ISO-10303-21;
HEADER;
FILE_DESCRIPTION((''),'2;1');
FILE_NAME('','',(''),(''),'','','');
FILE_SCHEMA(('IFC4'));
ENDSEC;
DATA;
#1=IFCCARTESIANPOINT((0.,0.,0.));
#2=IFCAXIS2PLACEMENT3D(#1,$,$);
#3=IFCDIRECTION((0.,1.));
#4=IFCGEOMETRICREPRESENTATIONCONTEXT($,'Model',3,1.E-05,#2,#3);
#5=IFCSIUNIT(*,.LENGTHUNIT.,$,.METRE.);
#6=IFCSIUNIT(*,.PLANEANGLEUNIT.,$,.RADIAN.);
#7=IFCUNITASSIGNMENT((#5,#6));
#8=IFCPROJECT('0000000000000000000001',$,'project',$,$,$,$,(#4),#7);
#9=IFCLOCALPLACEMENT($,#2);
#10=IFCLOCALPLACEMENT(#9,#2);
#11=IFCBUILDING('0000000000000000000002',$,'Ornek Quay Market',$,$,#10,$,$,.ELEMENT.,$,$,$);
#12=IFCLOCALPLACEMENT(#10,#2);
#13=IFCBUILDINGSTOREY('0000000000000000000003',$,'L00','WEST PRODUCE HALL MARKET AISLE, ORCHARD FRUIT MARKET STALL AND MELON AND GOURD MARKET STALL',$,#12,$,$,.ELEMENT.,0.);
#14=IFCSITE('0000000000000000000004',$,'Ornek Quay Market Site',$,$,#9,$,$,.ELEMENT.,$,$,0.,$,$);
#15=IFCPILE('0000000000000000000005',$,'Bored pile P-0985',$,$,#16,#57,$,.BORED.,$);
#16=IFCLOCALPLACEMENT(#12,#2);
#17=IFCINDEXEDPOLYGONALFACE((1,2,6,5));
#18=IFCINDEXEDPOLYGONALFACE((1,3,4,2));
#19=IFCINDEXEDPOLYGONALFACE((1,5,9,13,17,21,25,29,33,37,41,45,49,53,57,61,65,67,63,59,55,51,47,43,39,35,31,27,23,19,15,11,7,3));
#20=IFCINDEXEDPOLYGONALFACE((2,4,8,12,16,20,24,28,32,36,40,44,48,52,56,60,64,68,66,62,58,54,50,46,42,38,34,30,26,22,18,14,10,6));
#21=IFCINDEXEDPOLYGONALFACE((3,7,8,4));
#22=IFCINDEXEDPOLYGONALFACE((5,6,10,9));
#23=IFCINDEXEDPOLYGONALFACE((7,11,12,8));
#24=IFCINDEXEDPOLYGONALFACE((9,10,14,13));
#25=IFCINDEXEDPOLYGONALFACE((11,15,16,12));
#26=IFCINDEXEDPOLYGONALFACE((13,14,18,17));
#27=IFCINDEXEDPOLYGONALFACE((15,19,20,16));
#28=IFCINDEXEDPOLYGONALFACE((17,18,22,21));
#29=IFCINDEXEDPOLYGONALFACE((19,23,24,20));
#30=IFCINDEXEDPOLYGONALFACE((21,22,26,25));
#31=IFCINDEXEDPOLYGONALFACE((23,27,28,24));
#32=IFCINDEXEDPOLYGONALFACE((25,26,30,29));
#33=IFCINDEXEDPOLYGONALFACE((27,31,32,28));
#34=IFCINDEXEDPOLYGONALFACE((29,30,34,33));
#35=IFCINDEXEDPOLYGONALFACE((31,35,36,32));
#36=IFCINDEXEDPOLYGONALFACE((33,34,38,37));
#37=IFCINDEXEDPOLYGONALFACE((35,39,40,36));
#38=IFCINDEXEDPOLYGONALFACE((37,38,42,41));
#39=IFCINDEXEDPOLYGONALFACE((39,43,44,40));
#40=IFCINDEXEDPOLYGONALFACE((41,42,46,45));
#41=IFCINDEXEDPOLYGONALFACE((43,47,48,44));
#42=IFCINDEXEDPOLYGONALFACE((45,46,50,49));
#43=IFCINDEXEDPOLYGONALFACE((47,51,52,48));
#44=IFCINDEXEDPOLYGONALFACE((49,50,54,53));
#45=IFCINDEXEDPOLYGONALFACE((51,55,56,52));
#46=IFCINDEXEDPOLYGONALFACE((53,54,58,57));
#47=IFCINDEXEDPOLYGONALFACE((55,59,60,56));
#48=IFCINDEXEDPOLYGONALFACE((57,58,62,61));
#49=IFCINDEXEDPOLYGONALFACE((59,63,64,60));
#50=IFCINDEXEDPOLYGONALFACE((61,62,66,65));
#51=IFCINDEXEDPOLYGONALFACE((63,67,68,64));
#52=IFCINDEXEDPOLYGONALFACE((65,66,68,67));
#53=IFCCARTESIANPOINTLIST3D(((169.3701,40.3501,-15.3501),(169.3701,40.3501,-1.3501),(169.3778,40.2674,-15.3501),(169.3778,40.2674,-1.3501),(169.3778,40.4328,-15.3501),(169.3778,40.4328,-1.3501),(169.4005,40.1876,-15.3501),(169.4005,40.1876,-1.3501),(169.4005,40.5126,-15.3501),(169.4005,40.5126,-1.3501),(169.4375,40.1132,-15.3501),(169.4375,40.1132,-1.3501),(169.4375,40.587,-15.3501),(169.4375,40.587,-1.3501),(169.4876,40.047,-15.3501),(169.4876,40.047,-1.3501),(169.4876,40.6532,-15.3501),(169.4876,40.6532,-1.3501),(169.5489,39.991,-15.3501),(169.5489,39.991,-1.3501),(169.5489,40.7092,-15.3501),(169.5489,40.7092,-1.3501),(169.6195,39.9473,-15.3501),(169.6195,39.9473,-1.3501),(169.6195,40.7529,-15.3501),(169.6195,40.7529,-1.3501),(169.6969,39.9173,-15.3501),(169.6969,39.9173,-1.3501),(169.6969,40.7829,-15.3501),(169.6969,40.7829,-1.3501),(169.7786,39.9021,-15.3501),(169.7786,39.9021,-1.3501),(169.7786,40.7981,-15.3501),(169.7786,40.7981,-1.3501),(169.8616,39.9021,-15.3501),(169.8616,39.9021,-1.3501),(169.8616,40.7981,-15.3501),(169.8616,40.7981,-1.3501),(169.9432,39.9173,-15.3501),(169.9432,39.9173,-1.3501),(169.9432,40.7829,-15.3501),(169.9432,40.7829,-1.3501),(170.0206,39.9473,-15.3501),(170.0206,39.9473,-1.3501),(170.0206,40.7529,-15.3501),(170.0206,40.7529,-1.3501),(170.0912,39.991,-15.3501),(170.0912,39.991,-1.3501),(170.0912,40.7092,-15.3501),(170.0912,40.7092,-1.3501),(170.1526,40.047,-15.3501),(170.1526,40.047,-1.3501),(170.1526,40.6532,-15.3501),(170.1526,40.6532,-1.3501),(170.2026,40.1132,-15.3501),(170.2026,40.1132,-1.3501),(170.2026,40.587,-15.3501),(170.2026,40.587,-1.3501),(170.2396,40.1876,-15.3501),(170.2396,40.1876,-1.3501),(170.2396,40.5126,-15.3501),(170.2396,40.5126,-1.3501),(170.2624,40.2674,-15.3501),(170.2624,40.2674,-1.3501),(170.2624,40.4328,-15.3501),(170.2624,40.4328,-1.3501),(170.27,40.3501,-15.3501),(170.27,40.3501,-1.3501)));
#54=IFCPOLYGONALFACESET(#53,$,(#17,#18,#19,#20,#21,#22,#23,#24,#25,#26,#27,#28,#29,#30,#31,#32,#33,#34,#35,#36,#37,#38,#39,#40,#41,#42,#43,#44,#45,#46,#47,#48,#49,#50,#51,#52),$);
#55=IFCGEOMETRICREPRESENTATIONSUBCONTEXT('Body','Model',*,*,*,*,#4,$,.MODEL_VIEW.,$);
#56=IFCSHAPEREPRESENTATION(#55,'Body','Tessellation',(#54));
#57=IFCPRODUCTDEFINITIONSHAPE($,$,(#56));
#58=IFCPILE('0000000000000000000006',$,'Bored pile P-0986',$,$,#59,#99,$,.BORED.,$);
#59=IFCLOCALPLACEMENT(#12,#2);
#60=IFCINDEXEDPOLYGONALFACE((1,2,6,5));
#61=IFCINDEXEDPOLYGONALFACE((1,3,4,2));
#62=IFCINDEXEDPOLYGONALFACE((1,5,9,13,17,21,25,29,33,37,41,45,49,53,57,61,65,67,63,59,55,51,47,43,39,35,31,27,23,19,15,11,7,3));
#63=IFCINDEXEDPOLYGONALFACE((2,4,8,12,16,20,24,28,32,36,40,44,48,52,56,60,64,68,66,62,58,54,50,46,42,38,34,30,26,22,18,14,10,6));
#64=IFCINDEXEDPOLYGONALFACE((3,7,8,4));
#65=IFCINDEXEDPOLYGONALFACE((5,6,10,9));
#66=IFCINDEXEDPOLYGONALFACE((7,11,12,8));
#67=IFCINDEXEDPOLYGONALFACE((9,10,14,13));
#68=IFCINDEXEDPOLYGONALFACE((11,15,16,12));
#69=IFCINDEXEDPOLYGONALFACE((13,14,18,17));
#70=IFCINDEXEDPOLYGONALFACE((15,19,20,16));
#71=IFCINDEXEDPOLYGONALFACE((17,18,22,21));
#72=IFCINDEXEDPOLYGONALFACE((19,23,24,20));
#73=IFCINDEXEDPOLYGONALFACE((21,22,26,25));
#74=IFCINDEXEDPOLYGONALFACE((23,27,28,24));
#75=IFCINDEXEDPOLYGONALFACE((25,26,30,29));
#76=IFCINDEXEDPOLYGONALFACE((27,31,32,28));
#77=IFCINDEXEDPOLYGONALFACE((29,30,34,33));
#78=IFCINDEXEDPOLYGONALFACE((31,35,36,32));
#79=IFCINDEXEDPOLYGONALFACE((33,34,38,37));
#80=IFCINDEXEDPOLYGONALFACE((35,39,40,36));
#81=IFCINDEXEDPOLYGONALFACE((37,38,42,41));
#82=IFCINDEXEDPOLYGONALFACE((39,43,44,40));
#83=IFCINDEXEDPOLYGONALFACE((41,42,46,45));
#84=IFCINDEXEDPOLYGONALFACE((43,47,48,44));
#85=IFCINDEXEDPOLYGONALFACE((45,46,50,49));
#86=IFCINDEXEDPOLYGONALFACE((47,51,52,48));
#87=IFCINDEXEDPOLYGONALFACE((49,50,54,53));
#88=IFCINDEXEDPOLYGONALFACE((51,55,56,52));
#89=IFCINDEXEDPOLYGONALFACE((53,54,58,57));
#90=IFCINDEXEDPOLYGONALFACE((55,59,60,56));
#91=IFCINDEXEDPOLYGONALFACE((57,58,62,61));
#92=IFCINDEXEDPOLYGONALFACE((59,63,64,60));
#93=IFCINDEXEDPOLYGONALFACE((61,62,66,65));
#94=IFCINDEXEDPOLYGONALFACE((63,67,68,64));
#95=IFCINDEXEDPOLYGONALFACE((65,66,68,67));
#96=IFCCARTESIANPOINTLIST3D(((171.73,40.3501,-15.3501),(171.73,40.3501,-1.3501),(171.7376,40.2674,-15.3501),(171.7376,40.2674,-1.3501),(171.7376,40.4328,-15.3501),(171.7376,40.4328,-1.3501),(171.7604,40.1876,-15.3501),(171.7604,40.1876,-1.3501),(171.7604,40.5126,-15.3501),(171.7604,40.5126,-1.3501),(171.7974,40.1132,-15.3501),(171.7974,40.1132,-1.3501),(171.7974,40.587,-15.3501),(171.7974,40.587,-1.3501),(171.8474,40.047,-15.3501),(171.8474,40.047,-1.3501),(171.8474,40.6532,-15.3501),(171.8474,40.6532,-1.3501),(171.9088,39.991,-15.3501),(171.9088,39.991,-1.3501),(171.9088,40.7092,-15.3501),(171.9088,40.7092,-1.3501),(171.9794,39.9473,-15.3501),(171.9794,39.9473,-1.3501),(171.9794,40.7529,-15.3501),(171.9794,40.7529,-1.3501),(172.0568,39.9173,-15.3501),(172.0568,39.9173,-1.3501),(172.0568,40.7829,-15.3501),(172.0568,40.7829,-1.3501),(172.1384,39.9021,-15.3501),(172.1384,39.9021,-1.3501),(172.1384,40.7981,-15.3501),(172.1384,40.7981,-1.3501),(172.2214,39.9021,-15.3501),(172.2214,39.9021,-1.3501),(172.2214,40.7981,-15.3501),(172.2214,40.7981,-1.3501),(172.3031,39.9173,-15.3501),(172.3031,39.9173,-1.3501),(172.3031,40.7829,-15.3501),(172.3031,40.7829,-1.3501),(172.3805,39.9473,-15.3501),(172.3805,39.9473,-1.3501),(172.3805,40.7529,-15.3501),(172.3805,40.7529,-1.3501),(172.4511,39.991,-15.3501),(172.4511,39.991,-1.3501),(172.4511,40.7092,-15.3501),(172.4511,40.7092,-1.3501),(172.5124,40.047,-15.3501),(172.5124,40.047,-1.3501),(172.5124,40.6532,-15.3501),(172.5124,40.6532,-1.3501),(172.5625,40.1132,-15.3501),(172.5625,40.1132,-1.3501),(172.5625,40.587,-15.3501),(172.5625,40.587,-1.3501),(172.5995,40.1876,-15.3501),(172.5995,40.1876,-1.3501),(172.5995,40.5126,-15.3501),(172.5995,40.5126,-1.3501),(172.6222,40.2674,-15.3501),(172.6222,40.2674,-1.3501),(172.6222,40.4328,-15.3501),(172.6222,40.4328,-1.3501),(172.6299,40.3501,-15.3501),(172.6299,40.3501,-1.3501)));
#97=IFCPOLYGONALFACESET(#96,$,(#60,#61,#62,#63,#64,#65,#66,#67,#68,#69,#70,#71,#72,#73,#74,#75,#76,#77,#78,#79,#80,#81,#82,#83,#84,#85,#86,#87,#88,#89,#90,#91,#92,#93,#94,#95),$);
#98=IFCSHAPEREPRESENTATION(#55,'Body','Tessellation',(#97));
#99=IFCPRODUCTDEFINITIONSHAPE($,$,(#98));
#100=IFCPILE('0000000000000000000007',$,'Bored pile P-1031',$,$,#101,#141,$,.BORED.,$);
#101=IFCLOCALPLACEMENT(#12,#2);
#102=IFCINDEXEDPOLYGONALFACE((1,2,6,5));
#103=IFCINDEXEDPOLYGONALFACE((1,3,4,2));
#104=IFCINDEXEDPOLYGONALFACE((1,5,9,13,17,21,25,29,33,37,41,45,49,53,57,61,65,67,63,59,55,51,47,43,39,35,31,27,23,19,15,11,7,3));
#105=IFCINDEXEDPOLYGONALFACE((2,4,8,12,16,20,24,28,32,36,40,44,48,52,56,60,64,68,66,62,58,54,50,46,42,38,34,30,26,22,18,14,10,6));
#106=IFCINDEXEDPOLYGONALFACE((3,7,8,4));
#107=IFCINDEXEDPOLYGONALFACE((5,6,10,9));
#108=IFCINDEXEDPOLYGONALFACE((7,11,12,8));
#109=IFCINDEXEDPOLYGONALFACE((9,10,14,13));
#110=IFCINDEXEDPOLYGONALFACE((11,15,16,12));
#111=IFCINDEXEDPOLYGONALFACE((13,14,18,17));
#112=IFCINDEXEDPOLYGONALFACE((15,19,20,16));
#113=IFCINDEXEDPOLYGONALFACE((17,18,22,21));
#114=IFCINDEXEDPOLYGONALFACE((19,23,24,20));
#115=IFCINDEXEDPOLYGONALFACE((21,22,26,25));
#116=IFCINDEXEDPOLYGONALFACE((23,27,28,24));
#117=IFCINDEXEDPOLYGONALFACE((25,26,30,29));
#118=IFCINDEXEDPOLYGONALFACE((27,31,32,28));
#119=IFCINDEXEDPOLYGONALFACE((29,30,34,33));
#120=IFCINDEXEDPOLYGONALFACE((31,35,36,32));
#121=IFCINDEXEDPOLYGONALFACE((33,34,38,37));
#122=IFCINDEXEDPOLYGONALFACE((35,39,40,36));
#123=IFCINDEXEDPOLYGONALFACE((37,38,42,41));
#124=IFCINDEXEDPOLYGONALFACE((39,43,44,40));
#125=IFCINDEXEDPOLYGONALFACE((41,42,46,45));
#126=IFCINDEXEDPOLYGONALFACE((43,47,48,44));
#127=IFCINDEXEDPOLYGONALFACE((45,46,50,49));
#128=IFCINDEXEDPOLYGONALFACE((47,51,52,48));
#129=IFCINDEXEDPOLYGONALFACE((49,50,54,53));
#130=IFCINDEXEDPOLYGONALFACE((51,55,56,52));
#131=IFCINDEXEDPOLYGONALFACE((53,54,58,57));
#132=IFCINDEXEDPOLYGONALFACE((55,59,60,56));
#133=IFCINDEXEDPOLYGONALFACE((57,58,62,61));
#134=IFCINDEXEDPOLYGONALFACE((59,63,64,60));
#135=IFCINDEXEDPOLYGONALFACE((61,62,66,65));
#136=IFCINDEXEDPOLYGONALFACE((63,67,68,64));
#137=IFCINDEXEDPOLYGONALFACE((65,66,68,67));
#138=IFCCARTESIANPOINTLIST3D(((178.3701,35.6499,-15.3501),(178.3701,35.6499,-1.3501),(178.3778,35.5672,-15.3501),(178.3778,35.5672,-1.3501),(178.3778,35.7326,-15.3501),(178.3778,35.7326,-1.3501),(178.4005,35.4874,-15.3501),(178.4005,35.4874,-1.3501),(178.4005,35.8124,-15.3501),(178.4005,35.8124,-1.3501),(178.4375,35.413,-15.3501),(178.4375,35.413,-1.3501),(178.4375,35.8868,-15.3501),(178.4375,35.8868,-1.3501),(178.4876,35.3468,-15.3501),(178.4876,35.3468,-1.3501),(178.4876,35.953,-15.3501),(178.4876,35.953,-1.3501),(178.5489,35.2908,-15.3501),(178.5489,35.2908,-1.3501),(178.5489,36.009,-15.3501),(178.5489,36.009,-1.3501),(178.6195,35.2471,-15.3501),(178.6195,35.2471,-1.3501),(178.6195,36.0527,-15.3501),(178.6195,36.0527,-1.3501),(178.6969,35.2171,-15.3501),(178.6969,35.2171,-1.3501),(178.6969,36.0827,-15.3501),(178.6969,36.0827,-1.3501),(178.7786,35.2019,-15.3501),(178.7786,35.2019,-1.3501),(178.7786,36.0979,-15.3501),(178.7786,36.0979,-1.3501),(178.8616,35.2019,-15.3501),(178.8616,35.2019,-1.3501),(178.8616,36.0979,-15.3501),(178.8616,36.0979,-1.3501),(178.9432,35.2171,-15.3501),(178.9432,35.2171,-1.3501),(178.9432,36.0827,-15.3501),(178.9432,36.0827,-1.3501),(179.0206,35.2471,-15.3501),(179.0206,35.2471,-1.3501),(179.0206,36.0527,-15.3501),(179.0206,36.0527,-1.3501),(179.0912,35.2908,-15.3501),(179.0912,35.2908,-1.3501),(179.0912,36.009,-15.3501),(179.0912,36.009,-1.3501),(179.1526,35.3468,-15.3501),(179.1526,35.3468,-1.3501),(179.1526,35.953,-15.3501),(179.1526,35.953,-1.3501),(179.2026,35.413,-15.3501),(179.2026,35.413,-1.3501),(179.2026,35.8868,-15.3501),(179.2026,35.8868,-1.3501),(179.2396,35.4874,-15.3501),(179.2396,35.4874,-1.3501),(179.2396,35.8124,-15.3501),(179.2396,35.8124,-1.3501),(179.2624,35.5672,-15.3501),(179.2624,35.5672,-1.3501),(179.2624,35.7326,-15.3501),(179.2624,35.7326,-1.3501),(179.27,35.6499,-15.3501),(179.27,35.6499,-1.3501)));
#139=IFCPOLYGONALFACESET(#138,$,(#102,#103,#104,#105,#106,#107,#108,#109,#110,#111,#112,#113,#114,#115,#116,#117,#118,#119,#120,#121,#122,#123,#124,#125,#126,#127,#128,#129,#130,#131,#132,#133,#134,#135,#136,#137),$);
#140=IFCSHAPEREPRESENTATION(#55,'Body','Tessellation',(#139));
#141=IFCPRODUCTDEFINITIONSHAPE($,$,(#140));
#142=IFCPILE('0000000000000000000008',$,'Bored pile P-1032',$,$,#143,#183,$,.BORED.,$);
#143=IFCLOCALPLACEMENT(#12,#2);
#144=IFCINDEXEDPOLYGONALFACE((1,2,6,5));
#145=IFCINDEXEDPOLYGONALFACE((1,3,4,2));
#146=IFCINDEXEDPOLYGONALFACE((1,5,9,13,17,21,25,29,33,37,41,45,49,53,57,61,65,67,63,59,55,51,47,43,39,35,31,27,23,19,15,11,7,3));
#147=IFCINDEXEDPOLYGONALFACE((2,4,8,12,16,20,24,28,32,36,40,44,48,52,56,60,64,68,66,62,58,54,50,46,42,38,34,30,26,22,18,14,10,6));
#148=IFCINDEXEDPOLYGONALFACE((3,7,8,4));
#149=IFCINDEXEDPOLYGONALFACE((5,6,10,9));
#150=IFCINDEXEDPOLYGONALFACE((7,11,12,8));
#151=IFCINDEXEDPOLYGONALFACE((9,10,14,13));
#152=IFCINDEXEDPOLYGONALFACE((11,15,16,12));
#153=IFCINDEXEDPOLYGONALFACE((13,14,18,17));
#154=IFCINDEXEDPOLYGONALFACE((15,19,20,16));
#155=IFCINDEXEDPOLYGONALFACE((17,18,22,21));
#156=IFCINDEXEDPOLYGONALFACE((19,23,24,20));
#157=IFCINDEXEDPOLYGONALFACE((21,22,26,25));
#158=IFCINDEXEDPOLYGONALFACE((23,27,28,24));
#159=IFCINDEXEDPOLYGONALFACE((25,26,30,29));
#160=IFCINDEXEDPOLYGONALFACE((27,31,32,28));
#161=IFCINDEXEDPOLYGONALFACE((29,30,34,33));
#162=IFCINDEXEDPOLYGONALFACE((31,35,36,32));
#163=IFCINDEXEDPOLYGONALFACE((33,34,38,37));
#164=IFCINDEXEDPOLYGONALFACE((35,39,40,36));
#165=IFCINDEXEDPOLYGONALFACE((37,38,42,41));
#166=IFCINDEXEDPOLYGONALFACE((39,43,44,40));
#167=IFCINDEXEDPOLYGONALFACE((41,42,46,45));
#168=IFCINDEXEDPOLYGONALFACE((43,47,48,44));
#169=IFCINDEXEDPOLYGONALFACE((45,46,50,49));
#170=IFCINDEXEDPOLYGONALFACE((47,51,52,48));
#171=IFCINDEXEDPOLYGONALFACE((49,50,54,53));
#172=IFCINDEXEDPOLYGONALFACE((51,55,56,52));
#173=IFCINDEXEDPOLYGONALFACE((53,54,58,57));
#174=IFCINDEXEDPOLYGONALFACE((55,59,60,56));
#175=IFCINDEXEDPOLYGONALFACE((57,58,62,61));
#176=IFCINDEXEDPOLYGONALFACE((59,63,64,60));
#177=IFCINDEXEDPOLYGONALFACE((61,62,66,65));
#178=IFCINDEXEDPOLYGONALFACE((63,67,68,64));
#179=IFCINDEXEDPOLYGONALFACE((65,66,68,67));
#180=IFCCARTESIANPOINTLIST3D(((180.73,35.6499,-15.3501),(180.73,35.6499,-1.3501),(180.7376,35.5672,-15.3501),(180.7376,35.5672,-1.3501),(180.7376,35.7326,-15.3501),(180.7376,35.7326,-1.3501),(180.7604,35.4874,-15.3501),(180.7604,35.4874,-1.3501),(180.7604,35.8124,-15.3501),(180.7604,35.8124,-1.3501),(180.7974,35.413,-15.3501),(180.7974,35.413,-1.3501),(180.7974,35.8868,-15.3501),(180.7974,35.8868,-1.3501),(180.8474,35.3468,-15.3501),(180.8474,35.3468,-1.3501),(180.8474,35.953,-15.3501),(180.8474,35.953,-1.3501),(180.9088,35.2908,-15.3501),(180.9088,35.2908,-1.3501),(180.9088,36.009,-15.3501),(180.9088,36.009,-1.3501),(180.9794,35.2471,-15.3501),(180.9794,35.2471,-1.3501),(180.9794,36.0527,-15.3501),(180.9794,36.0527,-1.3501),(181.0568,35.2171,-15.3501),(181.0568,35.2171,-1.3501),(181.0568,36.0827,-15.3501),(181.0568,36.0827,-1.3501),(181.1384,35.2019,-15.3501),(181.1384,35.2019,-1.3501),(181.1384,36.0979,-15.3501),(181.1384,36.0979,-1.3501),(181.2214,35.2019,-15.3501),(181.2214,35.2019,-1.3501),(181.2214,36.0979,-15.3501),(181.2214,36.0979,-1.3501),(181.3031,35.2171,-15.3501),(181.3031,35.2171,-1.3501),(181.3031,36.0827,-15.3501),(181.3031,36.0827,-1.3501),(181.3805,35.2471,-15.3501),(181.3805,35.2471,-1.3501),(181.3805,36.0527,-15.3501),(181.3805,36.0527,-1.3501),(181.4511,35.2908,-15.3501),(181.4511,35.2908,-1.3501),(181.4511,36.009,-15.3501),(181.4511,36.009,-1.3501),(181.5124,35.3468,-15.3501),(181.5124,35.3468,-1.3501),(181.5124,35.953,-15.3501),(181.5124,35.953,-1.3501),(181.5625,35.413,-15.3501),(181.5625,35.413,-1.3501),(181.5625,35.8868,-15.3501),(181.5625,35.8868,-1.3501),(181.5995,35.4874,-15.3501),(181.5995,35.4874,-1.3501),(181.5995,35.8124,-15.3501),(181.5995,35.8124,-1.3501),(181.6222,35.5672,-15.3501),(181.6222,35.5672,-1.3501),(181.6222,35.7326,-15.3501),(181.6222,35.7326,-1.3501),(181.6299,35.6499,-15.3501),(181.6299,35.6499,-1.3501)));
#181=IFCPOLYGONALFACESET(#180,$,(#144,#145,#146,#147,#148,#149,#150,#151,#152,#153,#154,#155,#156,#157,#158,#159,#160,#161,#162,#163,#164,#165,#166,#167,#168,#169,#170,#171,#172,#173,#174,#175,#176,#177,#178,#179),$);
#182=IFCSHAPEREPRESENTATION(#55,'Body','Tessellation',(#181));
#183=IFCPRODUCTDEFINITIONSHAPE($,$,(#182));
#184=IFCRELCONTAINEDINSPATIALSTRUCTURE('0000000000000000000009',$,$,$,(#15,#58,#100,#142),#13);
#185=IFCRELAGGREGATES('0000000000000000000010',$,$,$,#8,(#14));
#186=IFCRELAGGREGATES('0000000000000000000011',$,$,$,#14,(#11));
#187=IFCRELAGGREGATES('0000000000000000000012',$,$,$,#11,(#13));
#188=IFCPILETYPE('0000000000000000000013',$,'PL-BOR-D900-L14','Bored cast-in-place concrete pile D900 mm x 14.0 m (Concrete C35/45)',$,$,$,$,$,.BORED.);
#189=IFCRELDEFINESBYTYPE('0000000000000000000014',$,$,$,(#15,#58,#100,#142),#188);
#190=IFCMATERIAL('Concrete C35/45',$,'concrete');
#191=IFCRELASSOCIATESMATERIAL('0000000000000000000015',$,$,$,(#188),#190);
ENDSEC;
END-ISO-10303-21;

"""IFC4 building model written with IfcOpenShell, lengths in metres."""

from ifc_helpers import new_model, si_unit, direction, frame, origin, origin_2d, place, context, subcontext, project, spatial, circle, extrude, material, material_profile, profile_set, type_object, element, save


model = new_model("IFC4")

# Units and contexts
model_context = context("Model", 3, precision=1e-05, world=origin(), true_north=direction((0.0, 1.0)))
body_context = subcontext(model_context, "Body", "Model", "MODEL_VIEW")
ifc_project = project(units=[si_unit("LENGTHUNIT", "METRE"), si_unit("PLANEANGLEUNIT", "RADIAN")], contexts=[model_context])

# Site, building, storey
site_placement = place(None, origin())
site = spatial("IfcSite", under=ifc_project, at=site_placement, Name="Ornek Quay Market Site", CompositionType="ELEMENT", RefElevation=0.0)
building_placement = place(site_placement, origin())
building = spatial("IfcBuilding", under=site, at=building_placement, Name="Ornek Quay Market", CompositionType="ELEMENT")
storey_placement = place(building_placement, origin())
storey = spatial("IfcBuildingStorey", under=building, at=storey_placement, Name="L00", Description="WEST PRODUCE HALL MARKET AISLE, ORCHARD FRUIT MARKET STALL AND MELON AND GOURD MARKET STALL", CompositionType="ELEMENT", Elevation=0.0)

# Piles
ifc_material_1 = material(Name="Concrete C35/45", Category="concrete")
ifc_material_profile_1 = material_profile(ifc_material_1, circle(Radius=0.45, at=origin_2d()), Name="PILE D900", Category="concrete")
ifc_profile_set_1 = profile_set([ifc_material_profile_1], Name="Concrete C35/45")
pile_type = type_object("IfcPileType", Name="PL-BOR-D900-L14", Description="Bored cast-in-place concrete pile D900 mm x 14.0 m (Concrete C35/45)", PredefinedType="BORED", material=ifc_profile_set_1)
for number, where, z_axis, x_axis, name in (
    (1, (169.8201, 40.3501, -1.3501), (0.0, 0.0, -1.0), (1.0, 0.0, 0.0), "Bored pile P-0985"),
    (2, (172.1799, 40.3501, -1.3501), (0.0, 0.0, -1.0), (1.0, 0.0, 0.0), "Bored pile P-0986"),
    (3, (178.8201, 35.6499, -1.3501), (0.0, 0.0, -1.0), (1.0, 0.0, 0.0), "Bored pile P-1031"),
    (4, (181.1799, 35.6499, -1.3501), (0.0, 0.0, -1.0), (1.0, 0.0, 0.0), "Bored pile P-1032"),
):
    element("IfcPile", number, at=place(storey_placement, frame(where, z_axis=z_axis, x_axis=x_axis)), inside=storey, type_object=pile_type, Name=name, PredefinedType="BORED", context=body_context, shape_type="SweptSolid", body=[
        extrude(circle(Radius=0.45, at=origin_2d()), origin(), (0.0, 0.0, 1.0), 14.0),
    ])

save(model, "model.ifc")
